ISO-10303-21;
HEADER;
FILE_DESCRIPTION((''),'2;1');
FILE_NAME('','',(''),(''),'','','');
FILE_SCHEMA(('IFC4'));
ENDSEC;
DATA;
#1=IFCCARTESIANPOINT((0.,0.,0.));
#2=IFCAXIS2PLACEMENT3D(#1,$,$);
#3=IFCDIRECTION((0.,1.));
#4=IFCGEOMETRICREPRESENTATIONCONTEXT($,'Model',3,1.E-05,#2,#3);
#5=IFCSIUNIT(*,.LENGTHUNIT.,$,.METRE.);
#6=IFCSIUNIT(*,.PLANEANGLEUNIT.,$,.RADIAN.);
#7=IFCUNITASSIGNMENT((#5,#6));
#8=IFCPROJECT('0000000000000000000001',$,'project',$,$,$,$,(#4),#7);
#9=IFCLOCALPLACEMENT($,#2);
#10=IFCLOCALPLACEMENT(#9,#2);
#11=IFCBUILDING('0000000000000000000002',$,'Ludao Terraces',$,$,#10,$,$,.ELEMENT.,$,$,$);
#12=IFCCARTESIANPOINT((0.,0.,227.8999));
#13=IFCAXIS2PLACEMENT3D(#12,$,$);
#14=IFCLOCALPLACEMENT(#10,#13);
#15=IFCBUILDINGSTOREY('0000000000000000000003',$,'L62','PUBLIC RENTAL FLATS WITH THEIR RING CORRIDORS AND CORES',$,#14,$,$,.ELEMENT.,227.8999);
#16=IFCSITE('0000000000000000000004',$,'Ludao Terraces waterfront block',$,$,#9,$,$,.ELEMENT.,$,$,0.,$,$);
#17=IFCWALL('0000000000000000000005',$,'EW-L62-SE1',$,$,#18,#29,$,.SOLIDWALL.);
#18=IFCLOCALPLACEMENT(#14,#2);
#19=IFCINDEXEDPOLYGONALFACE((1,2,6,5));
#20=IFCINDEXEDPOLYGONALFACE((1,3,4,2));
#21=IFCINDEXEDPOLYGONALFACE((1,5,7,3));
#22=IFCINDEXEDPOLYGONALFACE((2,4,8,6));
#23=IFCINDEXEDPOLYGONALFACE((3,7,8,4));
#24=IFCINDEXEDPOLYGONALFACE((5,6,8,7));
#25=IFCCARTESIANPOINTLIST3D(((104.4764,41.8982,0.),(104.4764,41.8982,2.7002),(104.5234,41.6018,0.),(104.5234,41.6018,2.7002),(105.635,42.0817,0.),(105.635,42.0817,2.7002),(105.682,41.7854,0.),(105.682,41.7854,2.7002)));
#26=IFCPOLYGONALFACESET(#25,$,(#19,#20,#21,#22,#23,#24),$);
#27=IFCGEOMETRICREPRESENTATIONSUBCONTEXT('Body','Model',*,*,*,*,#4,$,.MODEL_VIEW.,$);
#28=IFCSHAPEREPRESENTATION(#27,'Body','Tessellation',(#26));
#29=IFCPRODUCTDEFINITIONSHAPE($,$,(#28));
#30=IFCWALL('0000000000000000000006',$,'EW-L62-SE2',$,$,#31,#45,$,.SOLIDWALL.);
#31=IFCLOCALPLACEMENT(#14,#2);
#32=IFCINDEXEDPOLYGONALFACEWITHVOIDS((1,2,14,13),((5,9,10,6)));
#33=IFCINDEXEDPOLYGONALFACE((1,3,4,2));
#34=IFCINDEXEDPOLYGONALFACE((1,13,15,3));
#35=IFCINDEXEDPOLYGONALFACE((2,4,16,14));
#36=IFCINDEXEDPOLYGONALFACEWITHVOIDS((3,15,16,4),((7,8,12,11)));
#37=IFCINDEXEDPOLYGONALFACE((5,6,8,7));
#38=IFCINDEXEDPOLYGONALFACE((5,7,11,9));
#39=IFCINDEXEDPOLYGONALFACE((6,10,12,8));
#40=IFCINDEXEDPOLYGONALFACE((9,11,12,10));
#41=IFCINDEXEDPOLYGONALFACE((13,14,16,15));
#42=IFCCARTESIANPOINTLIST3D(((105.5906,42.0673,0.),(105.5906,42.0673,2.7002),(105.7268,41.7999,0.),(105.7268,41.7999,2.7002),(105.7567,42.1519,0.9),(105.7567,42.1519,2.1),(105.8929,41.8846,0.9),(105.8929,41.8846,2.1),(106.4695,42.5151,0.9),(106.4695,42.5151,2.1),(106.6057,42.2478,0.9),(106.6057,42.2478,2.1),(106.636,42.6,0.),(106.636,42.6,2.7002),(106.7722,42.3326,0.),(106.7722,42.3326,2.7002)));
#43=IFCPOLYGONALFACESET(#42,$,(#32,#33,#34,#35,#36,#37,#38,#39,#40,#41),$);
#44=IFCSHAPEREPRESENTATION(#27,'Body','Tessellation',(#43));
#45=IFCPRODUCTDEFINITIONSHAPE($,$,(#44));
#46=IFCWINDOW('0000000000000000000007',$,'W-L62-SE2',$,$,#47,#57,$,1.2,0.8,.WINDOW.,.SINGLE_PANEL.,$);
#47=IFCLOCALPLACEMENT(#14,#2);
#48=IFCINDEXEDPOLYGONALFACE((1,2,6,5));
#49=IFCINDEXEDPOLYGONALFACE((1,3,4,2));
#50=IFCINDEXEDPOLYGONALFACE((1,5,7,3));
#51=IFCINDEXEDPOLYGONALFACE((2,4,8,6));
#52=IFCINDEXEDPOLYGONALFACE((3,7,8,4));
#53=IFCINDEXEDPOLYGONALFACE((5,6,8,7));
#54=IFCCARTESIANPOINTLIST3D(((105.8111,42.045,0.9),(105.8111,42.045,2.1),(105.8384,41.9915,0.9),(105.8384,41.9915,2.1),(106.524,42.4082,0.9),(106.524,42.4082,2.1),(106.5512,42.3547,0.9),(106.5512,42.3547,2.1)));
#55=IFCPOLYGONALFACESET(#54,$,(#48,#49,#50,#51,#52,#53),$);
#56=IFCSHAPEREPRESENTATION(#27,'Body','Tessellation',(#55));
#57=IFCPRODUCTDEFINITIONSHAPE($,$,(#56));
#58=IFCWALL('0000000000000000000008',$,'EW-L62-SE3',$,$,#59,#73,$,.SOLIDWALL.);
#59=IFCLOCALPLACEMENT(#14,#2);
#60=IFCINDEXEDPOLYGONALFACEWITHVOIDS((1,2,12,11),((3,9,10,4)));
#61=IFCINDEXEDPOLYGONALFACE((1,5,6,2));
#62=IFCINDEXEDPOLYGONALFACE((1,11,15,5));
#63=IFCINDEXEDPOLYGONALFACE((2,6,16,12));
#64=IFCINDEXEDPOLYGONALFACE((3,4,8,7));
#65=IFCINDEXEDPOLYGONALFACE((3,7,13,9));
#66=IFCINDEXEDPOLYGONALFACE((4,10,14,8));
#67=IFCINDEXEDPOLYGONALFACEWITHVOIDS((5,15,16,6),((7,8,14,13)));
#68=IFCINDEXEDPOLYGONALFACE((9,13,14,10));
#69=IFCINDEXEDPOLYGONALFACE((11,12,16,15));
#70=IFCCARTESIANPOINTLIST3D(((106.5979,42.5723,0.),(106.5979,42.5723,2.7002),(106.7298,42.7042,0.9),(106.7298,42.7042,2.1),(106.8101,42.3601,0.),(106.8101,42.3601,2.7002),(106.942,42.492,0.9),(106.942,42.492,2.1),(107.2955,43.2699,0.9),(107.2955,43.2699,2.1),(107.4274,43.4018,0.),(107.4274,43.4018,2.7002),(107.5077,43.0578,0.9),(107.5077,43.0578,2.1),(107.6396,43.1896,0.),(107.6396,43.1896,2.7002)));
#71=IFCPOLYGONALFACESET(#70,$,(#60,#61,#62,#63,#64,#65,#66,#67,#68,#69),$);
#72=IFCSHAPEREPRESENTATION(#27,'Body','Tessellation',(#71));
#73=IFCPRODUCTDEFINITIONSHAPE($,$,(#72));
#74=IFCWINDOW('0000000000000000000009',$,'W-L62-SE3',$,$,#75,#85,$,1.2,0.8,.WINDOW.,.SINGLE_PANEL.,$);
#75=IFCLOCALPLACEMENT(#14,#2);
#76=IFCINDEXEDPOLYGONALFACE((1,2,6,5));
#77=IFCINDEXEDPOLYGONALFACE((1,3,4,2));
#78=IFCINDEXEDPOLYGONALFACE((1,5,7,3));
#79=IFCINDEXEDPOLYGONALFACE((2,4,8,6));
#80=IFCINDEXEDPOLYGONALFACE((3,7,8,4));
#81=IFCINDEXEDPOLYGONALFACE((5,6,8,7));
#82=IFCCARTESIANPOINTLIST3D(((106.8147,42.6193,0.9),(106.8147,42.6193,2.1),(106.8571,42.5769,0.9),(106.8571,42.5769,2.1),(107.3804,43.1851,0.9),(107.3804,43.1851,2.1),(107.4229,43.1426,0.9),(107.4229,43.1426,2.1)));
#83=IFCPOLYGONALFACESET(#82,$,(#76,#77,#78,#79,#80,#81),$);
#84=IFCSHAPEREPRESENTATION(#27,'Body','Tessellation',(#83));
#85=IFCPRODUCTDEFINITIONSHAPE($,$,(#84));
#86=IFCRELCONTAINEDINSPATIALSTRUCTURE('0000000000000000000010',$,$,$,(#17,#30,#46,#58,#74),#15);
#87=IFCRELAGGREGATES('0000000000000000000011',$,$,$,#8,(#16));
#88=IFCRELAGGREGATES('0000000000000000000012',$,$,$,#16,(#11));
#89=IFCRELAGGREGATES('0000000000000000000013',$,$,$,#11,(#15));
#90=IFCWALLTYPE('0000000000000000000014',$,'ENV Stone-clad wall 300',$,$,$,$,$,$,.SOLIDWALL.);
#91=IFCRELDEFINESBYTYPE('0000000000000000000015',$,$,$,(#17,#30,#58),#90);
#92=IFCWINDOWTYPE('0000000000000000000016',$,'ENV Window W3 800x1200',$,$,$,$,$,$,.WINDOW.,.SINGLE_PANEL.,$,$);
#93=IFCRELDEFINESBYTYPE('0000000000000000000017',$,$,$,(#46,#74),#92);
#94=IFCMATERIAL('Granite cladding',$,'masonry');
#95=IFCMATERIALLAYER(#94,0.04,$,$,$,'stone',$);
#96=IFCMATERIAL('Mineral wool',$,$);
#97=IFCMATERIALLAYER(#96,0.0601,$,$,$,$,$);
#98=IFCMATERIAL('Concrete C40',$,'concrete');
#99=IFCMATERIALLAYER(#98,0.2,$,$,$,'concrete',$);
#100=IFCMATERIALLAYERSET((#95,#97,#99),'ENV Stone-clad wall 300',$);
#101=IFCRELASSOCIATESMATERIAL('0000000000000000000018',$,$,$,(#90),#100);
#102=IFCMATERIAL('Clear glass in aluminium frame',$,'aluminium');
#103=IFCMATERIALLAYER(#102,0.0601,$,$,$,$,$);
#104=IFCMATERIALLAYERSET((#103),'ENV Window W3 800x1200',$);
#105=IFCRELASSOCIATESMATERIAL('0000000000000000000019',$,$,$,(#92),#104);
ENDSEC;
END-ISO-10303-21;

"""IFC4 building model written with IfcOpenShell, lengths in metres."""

from ifc_helpers import new_model, si_unit, direction, frame, frame_2d, origin, place, context, subcontext, project, spatial, rectangle, extrude, material, layer, layer_set, type_object, element, fill, save


model = new_model("IFC4")

# Units and contexts
model_context = context("Model", 3, precision=1e-05, world=origin(), true_north=direction((0.0, 1.0)))
body_context = subcontext(model_context, "Body", "Model", "MODEL_VIEW")
ifc_project = project(units=[si_unit("LENGTHUNIT", "METRE"), si_unit("PLANEANGLEUNIT", "RADIAN")], contexts=[model_context])

# Site, building, storey
site_placement = place(None, origin())
site = spatial("IfcSite", under=ifc_project, at=site_placement, Name="Ludao Terraces waterfront block", CompositionType="ELEMENT", RefElevation=0.0)
building_placement = place(site_placement, origin())
building = spatial("IfcBuilding", under=site, at=building_placement, Name="Ludao Terraces", CompositionType="ELEMENT")
storey_placement = place(building_placement, frame((0.0, 0.0, 227.8999)))
storey = spatial("IfcBuildingStorey", under=building, at=storey_placement, Name="L62", Description="PUBLIC RENTAL FLATS WITH THEIR RING CORRIDORS AND CORES", CompositionType="ELEMENT", Elevation=227.8999)

# Wall
ifc_material_1 = material(Name="Granite cladding", Category="masonry")
ifc_layer_1 = layer(ifc_material_1, 0.04, Category="stone")
ifc_material_2 = material(Name="Mineral wool")
ifc_layer_2 = layer(ifc_material_2, 0.0601)
ifc_material_3 = material(Name="Concrete C40", Category="concrete")
ifc_layer_3 = layer(ifc_material_3, 0.2, Category="concrete")
ifc_layer_set_1 = layer_set([ifc_layer_1, ifc_layer_2, ifc_layer_3], Name="ENV Stone-clad wall 300")
wall_type = type_object("IfcWallType", Name="ENV Stone-clad wall 300", PredefinedType="SOLIDWALL", material=ifc_layer_set_1)
wall_1_placement = place(storey_placement, frame((104.5, 41.75, 0.0), z_axis=(0.0, 0.0, 1.0), x_axis=(0.987678, 0.156497, 0.0)))
element("IfcWall", 1, at=wall_1_placement, inside=storey, type_object=wall_type, Name="EW-L62-SE1", PredefinedType="SOLIDWALL", context=body_context, shape_type="SweptSolid", body=[
    extrude(rectangle(XDim=1.1731, YDim=0.3, at=frame_2d((0.5864, 0.0))), origin(), (0.0, 0.0, 1.0), 2.7002),
])

# Walls, openings, windows
wall_2_placement = place(storey_placement, frame((105.6587, 41.9336, 0.0), z_axis=(0.0, 0.0, 1.0), x_axis=(0.890989, 0.454026, 0.0)))
wall_2 = element("IfcWall", 2, at=wall_2_placement, inside=storey, type_object=wall_type, Name="EW-L62-SE2", PredefinedType="SOLIDWALL", context=body_context, shape_type="SweptSolid", body=[
    extrude(rectangle(XDim=1.1733, YDim=0.3, at=frame_2d((0.5867, 0.0))), origin(), (0.0, 0.0, 1.0), 2.7002),
])
opening_1_placement = place(wall_2_placement, frame((0.1865, 0.0, 0.8999)))
opening_1 = element("IfcOpeningElement", 3, at=opening_1_placement, cuts=wall_2, PredefinedType="OPENING", context=body_context, shape_type="SweptSolid", body=[
    extrude(rectangle(XDim=0.8, YDim=1.2, at=frame_2d((0.3999, 0.6001))), frame((0.0, 0.1602, 0.0), z_axis=(0.0, -1.0, 0.0), x_axis=(1.0, 0.0, 0.0)), (0.0, 0.0, 1.0), 0.3201),
])
ifc_material_4 = material(Name="Clear glass in aluminium frame", Category="aluminium")
ifc_layer_4 = layer(ifc_material_4, 0.0601)
ifc_layer_set_2 = layer_set([ifc_layer_4], Name="ENV Window W3 800x1200")
window_type = type_object("IfcWindowType", Name="ENV Window W3 800x1200", PartitioningType="SINGLE_PANEL", PredefinedType="WINDOW", material=ifc_layer_set_2)
window_1_placement = place(opening_1_placement, origin())
window_1 = element("IfcWindow", 4, at=window_1_placement, inside=storey, type_object=window_type, Name="W-L62-SE2", OverallHeight=1.2, OverallWidth=0.8, PartitioningType="SINGLE_PANEL", PredefinedType="WINDOW", context=body_context, shape_type="SweptSolid", body=[
    extrude(rectangle(XDim=0.8, YDim=1.2, at=frame_2d((0.3999, 0.6001))), frame((0.0, 0.03, 0.0), z_axis=(0.0, -1.0, 0.0), x_axis=(1.0, 0.0, 0.0)), (0.0, 0.0, 1.0), 0.0601),
])
fill(opening_1, window_1)
wall_3_placement = place(storey_placement, frame((106.7041, 42.4663, 0.0), z_axis=(0.0, 0.0, 1.0), x_axis=(0.707107, 0.707107, 0.0)))
wall_3 = element("IfcWall", 5, at=wall_3_placement, inside=storey, type_object=wall_type, Name="EW-L62-SE3", PredefinedType="SOLIDWALL", context=body_context, shape_type="SweptSolid", body=[
    extrude(rectangle(XDim=1.1731, YDim=0.3, at=frame_2d((0.5864, 0.0))), origin(), (0.0, 0.0, 1.0), 2.7002),
])
opening_2_placement = place(wall_3_placement, frame((0.1865, 0.0, 0.8999)))
opening_2 = element("IfcOpeningElement", 6, at=opening_2_placement, cuts=wall_3, PredefinedType="OPENING", context=body_context, shape_type="SweptSolid", body=[
    extrude(rectangle(XDim=0.8, YDim=1.2, at=frame_2d((0.3999, 0.6001))), frame((0.0, 0.1602, 0.0), z_axis=(0.0, -1.0, 0.0), x_axis=(1.0, 0.0, 0.0)), (0.0, 0.0, 1.0), 0.3201),
])
window_2_placement = place(opening_2_placement, origin())
window_2 = element("IfcWindow", 7, at=window_2_placement, inside=storey, type_object=window_type, Name="W-L62-SE3", OverallHeight=1.2, OverallWidth=0.8, PartitioningType="SINGLE_PANEL", PredefinedType="WINDOW", context=body_context, shape_type="SweptSolid", body=[
    extrude(rectangle(XDim=0.8, YDim=1.2, at=frame_2d((0.3999, 0.6001))), frame((0.0, 0.03, 0.0), z_axis=(0.0, -1.0, 0.0), x_axis=(1.0, 0.0, 0.0)), (0.0, 0.0, 1.0), 0.0601),
])
fill(opening_2, window_2)

save(model, "model.ifc")
